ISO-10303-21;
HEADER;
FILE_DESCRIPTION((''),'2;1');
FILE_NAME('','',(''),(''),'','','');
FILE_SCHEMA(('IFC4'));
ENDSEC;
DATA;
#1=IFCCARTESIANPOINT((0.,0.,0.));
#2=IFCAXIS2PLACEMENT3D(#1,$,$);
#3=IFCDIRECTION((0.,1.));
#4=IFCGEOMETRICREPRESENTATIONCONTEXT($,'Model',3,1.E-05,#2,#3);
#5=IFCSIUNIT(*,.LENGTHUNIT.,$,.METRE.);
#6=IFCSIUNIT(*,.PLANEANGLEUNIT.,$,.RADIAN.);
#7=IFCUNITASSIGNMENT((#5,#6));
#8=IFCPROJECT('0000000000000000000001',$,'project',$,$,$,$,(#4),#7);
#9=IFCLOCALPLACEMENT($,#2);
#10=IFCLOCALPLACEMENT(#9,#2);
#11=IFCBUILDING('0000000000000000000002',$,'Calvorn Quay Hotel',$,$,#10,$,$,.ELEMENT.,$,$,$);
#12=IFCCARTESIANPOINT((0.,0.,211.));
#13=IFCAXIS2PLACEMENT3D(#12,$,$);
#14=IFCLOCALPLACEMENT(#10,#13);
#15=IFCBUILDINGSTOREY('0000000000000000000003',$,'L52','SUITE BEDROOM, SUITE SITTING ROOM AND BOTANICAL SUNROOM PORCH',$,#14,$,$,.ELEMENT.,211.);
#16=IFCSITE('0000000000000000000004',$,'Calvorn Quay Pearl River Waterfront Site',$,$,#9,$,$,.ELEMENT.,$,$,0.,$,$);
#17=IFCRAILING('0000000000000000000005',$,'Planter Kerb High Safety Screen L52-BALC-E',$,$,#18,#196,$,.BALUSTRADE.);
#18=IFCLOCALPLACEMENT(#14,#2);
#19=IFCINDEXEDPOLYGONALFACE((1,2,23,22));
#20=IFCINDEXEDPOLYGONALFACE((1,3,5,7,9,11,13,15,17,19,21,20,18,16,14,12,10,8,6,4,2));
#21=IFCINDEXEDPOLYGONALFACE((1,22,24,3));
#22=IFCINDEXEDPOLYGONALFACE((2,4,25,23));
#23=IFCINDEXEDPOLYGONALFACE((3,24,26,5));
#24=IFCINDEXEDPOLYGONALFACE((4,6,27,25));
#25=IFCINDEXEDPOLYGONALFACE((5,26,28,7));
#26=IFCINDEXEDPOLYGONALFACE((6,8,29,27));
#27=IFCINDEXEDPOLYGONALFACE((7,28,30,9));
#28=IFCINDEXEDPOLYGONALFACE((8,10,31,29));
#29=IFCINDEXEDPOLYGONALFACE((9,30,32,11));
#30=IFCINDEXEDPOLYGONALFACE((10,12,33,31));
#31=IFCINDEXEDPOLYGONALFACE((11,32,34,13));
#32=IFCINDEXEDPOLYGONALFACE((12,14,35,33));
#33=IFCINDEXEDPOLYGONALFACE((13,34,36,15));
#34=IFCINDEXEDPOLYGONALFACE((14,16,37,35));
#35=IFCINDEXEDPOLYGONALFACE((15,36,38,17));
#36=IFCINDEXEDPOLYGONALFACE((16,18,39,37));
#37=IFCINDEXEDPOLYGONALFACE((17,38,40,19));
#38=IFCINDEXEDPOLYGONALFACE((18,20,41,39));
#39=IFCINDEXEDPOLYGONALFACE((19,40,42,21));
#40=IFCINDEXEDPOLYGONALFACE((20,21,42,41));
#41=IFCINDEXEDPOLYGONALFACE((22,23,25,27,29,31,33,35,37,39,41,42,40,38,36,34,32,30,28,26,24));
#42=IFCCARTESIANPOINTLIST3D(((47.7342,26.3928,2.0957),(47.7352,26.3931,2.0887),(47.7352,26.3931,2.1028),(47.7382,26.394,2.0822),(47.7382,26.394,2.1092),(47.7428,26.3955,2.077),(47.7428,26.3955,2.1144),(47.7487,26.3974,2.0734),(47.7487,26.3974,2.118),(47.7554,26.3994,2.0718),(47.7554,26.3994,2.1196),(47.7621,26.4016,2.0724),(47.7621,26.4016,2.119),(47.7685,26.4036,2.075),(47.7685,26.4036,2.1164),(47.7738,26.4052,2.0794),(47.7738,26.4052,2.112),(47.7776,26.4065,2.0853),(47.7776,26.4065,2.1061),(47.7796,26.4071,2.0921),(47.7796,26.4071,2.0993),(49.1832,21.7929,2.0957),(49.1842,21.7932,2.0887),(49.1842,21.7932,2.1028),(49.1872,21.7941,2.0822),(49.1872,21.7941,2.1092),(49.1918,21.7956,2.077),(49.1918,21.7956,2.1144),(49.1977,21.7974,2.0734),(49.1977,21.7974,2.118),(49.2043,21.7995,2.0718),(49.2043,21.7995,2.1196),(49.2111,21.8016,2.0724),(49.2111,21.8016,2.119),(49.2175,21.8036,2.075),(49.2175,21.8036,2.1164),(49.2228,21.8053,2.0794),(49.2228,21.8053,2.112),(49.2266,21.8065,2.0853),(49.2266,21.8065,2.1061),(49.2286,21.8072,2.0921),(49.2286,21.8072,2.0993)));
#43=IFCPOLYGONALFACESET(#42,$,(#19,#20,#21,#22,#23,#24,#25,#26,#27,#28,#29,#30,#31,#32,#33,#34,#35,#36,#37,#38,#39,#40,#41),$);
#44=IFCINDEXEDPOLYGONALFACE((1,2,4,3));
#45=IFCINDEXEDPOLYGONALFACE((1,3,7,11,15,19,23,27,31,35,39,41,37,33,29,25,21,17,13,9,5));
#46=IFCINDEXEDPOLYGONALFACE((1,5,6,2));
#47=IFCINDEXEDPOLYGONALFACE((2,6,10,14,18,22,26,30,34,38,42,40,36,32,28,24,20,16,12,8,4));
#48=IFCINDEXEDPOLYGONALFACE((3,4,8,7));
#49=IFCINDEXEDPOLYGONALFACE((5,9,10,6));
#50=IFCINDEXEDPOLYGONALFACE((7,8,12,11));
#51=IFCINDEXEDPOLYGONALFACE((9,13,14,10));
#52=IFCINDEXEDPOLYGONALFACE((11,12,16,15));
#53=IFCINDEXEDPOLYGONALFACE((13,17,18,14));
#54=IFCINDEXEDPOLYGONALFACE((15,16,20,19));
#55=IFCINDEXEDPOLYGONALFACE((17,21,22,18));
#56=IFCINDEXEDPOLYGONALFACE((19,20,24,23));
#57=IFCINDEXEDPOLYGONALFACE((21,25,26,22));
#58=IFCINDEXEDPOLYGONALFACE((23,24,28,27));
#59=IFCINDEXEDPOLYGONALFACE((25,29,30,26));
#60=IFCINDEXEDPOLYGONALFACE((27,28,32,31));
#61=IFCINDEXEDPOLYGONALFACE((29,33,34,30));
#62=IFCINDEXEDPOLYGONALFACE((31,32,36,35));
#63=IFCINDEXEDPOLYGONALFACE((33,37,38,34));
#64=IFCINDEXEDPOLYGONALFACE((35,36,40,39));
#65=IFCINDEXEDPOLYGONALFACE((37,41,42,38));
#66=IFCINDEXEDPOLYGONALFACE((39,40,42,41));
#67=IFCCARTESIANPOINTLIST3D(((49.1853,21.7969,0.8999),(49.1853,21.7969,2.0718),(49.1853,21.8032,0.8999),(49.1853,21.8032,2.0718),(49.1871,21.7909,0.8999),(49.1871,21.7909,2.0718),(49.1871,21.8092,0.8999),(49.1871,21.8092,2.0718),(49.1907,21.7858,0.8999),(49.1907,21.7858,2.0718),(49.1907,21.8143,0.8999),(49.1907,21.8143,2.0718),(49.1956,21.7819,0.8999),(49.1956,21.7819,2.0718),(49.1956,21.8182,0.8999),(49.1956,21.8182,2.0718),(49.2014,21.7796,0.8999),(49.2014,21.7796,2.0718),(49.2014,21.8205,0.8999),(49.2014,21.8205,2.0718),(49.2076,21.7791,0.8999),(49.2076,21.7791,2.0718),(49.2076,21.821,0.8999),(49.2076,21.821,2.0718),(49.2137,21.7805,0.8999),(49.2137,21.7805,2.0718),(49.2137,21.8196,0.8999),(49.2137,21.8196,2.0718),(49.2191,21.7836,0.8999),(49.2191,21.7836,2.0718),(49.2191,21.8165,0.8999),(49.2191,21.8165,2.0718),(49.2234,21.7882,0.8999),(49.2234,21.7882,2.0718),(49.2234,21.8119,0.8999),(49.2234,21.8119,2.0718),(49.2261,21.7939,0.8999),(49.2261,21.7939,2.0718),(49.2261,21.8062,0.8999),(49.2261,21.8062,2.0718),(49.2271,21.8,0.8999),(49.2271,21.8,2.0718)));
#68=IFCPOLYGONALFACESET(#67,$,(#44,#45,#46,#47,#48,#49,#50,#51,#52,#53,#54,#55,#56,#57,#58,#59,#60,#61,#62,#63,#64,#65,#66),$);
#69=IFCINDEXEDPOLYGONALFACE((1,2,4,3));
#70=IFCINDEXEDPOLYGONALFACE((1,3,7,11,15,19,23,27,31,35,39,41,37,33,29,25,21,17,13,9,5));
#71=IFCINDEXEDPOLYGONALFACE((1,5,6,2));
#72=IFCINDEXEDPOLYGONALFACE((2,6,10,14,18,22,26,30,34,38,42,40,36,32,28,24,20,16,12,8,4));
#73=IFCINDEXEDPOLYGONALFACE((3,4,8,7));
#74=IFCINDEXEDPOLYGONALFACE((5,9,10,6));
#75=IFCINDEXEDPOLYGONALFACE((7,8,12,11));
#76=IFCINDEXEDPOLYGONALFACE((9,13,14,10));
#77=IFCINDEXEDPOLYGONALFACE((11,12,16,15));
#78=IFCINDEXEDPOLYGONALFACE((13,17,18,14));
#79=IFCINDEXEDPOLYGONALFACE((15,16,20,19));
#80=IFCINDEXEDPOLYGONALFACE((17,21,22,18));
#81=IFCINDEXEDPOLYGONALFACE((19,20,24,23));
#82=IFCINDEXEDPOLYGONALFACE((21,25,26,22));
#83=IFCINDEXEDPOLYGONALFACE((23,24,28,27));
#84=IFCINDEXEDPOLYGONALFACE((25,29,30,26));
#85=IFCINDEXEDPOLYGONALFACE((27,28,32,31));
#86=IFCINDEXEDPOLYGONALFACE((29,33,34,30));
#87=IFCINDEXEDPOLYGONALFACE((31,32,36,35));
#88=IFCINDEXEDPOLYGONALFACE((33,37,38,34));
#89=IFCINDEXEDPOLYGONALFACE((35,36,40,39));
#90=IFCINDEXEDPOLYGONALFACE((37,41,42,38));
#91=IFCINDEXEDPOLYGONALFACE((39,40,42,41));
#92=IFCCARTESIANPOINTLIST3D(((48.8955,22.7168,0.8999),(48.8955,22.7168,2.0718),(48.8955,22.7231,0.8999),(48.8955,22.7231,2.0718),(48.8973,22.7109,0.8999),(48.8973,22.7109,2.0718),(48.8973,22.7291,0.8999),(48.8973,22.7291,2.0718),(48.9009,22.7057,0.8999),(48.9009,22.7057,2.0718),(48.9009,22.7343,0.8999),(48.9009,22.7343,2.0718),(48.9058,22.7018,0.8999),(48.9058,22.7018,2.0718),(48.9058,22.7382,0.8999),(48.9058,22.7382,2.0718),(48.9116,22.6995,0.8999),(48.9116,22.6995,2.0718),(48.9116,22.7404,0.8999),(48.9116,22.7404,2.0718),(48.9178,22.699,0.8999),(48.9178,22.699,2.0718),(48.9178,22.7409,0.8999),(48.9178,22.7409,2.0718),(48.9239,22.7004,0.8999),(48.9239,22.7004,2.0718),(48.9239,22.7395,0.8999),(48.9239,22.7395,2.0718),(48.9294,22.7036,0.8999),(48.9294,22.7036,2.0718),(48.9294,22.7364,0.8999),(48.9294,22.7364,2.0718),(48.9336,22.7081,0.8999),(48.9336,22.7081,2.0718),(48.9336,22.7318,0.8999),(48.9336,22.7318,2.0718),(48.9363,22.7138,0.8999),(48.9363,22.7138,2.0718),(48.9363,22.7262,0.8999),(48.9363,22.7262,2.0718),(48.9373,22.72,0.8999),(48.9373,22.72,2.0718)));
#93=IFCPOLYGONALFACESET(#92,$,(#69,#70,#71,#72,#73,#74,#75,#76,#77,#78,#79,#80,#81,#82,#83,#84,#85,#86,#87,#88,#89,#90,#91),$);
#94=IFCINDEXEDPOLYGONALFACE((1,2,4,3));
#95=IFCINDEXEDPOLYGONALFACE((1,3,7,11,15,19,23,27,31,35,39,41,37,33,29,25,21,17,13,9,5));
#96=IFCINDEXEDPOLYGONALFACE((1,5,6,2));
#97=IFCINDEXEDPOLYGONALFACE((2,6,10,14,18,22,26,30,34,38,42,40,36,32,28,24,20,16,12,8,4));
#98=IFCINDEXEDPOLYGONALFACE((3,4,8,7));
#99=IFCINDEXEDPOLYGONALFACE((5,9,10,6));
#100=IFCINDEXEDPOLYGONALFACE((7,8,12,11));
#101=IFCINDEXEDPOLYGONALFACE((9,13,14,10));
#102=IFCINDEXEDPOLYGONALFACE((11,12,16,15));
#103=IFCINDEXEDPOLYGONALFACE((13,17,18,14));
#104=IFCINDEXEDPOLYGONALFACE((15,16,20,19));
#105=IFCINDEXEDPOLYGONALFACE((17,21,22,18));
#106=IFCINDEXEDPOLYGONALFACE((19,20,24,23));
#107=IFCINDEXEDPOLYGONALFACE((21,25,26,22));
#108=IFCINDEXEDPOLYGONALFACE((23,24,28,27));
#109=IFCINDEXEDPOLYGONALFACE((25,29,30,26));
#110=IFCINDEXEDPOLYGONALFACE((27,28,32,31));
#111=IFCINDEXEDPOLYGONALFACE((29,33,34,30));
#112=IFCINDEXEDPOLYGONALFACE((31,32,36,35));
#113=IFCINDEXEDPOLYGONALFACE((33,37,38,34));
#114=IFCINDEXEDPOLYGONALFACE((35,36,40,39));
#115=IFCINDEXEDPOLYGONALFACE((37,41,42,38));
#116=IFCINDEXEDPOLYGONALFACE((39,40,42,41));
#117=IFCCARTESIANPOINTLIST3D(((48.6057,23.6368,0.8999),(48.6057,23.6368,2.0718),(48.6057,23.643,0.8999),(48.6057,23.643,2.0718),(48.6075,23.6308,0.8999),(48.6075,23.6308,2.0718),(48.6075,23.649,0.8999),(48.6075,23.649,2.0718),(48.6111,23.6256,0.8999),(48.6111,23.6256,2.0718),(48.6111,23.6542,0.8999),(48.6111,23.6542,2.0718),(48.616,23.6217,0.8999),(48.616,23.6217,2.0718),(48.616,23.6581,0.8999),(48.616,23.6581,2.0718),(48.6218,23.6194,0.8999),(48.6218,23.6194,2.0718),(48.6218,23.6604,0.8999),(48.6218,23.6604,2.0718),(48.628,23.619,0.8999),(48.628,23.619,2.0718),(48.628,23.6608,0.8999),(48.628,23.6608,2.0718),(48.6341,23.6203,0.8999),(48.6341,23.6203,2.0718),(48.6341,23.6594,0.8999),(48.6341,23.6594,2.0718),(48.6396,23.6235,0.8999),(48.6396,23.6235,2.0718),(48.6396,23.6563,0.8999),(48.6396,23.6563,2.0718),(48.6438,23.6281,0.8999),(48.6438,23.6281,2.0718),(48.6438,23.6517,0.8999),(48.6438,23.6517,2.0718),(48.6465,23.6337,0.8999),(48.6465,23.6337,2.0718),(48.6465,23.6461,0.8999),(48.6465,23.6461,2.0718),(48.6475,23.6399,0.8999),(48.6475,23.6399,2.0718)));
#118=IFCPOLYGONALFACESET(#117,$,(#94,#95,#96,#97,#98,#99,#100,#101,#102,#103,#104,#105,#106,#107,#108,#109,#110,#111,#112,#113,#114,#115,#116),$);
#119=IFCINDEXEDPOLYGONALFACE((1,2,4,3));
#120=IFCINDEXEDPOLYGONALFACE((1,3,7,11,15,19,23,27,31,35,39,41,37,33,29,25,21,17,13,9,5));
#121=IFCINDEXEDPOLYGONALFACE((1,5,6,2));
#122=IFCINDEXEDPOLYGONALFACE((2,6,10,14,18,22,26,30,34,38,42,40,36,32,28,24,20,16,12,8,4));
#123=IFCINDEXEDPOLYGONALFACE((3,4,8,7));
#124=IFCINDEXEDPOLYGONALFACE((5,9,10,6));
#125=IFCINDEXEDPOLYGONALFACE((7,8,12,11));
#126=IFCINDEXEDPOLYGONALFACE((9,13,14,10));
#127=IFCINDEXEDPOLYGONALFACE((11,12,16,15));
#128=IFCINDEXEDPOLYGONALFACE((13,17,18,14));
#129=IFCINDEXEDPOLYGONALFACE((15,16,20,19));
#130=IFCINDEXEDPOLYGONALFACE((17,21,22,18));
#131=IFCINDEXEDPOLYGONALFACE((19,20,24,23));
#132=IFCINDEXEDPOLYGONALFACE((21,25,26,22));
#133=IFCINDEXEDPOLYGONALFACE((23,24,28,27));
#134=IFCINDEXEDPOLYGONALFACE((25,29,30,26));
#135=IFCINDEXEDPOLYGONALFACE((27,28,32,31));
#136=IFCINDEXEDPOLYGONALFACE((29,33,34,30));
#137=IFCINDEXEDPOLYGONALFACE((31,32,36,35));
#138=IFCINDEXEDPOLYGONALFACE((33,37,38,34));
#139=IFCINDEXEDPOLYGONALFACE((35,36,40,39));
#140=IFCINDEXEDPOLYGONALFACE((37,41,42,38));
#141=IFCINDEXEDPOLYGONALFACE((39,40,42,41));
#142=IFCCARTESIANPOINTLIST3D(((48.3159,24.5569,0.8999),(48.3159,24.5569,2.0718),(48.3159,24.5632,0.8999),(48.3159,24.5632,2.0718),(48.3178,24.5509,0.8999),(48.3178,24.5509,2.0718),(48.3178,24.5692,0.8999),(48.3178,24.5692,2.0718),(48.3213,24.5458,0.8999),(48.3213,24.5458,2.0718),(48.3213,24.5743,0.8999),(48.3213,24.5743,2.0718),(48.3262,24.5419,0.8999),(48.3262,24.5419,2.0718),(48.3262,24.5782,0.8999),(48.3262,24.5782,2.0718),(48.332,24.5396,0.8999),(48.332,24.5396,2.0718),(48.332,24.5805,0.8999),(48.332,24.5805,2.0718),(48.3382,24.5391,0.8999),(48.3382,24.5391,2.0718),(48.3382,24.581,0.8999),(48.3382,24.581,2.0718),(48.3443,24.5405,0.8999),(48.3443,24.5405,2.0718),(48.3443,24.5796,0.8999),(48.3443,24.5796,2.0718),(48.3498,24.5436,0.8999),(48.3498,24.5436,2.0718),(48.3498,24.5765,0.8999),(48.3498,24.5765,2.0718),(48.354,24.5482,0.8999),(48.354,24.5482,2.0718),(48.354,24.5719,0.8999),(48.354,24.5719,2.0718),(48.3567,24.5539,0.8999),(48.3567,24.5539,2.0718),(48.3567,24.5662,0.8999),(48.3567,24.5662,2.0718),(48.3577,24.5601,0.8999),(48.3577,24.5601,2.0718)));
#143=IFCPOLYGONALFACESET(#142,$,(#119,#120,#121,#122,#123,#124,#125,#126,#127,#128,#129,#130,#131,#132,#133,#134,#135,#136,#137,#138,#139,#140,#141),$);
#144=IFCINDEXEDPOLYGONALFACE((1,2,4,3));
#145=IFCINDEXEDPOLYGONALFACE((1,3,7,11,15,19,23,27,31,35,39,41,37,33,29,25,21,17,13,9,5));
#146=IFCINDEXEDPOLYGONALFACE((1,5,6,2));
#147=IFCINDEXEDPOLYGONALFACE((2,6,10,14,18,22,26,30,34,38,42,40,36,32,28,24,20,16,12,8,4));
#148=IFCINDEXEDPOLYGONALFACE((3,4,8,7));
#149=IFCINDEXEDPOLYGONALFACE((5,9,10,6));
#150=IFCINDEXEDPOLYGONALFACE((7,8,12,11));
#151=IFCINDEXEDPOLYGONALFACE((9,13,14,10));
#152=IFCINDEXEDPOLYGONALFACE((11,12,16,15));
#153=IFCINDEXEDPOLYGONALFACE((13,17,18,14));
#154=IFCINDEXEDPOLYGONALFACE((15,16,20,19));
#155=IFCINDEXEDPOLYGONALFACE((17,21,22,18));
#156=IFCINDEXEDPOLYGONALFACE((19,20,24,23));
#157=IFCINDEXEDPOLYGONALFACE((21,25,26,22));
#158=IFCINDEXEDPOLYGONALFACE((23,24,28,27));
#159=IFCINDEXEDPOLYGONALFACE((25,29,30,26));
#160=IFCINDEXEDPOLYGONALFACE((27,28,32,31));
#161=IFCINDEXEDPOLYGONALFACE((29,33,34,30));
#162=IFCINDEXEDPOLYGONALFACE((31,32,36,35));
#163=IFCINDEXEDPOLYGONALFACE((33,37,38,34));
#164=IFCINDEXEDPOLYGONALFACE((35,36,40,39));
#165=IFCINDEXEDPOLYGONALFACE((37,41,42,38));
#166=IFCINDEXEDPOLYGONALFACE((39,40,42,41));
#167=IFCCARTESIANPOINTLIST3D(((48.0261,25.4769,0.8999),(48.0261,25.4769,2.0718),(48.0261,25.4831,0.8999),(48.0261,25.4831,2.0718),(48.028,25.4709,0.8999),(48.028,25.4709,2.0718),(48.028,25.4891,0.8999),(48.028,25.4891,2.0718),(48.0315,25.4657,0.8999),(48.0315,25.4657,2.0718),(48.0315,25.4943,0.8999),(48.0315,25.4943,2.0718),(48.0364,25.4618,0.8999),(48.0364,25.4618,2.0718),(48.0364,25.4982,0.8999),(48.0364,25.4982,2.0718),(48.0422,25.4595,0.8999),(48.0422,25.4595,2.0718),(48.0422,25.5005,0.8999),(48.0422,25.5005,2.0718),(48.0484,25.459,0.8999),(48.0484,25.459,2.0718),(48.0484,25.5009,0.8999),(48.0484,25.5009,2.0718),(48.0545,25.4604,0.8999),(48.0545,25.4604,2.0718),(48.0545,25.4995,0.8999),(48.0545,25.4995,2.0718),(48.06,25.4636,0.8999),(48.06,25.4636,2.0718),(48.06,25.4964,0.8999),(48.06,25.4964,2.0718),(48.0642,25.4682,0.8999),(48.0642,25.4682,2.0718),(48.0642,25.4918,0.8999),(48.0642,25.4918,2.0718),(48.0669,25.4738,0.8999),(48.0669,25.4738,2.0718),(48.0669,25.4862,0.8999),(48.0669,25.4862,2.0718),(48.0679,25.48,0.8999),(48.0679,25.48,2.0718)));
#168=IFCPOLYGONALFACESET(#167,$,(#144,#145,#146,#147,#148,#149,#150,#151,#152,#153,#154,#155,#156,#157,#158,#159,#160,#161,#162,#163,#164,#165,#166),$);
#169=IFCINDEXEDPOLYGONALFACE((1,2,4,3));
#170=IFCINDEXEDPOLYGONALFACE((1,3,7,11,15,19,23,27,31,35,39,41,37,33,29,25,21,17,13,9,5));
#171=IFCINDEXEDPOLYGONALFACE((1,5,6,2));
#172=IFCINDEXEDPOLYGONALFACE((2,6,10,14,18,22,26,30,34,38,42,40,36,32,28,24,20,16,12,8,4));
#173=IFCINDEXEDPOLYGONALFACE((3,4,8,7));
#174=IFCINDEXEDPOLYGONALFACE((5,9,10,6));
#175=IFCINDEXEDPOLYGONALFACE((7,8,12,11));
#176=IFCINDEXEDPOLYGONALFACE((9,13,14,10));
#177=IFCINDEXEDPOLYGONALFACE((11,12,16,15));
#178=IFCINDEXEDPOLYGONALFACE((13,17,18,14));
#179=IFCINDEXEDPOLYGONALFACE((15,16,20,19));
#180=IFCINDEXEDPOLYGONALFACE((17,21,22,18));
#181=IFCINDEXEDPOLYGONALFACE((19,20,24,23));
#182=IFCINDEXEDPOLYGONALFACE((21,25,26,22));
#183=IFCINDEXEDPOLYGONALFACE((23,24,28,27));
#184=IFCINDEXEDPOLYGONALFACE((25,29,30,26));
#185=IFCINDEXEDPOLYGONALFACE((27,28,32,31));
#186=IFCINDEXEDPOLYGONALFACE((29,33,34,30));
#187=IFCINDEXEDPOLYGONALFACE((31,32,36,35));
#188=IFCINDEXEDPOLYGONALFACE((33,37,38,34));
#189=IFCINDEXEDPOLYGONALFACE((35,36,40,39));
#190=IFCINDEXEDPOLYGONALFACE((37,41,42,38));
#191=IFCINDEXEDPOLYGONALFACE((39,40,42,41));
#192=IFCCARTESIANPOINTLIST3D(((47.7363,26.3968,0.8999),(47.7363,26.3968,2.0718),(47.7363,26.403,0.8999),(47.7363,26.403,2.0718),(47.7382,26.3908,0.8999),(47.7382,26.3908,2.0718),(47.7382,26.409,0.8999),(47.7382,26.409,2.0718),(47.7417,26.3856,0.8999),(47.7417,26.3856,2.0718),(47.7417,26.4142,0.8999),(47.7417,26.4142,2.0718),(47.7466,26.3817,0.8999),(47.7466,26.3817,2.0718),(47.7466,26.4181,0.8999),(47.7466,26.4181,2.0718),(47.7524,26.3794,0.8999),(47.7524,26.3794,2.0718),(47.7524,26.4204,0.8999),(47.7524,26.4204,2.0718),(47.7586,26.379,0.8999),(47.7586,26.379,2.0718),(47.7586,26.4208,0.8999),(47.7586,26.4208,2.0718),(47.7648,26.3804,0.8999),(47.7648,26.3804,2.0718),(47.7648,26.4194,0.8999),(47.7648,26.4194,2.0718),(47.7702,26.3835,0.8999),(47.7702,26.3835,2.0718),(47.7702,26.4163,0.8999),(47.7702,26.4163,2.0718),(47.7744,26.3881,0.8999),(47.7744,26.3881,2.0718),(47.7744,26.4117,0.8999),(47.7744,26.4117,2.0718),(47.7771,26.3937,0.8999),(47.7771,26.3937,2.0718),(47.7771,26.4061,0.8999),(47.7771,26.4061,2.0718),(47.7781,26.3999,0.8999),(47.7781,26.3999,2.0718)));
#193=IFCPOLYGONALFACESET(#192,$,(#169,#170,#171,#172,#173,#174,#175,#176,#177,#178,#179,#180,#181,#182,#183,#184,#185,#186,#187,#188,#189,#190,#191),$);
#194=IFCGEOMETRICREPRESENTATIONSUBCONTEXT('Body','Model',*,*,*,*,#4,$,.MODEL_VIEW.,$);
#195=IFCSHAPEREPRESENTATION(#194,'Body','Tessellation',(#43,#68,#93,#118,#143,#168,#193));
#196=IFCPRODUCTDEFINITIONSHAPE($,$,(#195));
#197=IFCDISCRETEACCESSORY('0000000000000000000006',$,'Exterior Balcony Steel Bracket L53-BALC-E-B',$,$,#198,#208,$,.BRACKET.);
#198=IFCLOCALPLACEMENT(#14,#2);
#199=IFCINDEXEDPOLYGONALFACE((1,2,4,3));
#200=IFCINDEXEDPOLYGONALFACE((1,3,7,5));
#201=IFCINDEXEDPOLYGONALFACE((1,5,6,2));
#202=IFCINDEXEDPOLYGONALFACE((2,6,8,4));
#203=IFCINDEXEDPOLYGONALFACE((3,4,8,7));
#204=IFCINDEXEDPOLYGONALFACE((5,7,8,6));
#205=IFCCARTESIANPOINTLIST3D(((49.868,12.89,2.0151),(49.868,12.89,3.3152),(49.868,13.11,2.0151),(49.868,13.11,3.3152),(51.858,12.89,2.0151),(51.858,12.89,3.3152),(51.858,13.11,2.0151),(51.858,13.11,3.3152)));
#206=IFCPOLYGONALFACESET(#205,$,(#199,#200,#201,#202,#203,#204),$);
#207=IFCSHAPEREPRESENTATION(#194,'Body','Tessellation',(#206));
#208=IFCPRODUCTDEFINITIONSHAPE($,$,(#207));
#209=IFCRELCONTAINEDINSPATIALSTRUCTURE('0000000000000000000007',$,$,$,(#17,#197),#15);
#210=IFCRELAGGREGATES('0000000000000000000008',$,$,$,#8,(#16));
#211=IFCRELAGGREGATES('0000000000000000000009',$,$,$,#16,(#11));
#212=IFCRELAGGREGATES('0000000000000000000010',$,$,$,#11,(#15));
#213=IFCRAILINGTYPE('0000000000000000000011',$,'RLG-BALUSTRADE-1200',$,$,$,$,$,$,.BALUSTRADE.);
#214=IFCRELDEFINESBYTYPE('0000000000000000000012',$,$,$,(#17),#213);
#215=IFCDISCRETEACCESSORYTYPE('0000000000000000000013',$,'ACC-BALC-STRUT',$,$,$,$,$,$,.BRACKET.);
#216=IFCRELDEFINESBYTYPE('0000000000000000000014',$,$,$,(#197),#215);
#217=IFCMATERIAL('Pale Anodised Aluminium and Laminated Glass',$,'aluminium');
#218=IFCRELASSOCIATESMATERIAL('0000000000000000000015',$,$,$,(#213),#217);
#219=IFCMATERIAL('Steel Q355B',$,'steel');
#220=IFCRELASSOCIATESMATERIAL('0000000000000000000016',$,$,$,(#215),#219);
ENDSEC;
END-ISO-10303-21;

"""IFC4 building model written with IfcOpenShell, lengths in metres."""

from ifc_helpers import new_model, si_unit, direction, frame, origin, origin_2d, place, context, subcontext, project, spatial, rectangle, circle, extrude, material, type_object, element, save


model = new_model("IFC4")

# Units and contexts
model_context = context("Model", 3, precision=1e-05, world=origin(), true_north=direction((0.0, 1.0)))
body_context = subcontext(model_context, "Body", "Model", "MODEL_VIEW")
ifc_project = project(units=[si_unit("LENGTHUNIT", "METRE"), si_unit("PLANEANGLEUNIT", "RADIAN")], contexts=[model_context])

# Site, building, storey
site_placement = place(None, origin())
site = spatial("IfcSite", under=ifc_project, at=site_placement, Name="Calvorn Quay Pearl River Waterfront Site", CompositionType="ELEMENT", RefElevation=0.0)
building_placement = place(site_placement, origin())
building = spatial("IfcBuilding", under=site, at=building_placement, Name="Calvorn Quay Hotel", CompositionType="ELEMENT")
storey_placement = place(building_placement, frame((0.0, 0.0, 211.0)))
storey = spatial("IfcBuildingStorey", under=building, at=storey_placement, Name="L52", Description="SUITE BEDROOM, SUITE SITTING ROOM AND BOTANICAL SUNROOM PORCH", CompositionType="ELEMENT", Elevation=211.0)

# Railing
ifc_material_1 = material(Name="Pale Anodised Aluminium and Laminated Glass", Category="aluminium")
railing_type = type_object("IfcRailingType", Name="RLG-BALUSTRADE-1200", PredefinedType="BALUSTRADE", material=ifc_material_1)
railing_1_placement = place(storey_placement, frame((49.2061, 21.8, 0.8999)))
element("IfcRailing", 1, at=railing_1_placement, inside=storey, type_object=railing_type, Name="Planter Kerb High Safety Screen L52-BALC-E", PredefinedType="BALUSTRADE", context=body_context, shape_type="SweptSolid", body=[
    extrude(circle(Radius=0.0239, at=origin_2d()), frame((0.0, 0.0, 1.1958), z_axis=(-0.30045, 0.953797, 0.0), x_axis=(-0.953797, -0.30045, 0.0)), (0.0, 0.0, 1.0), 4.8228),
    extrude(circle(Radius=0.021, at=origin_2d()), origin(), (0.0, 0.0, 1.0), 1.1719),
    extrude(circle(Radius=0.021, at=origin_2d()), frame((-0.2898, 0.9199, 0.0)), (0.0, 0.0, 1.0), 1.1719),
    extrude(circle(Radius=0.021, at=origin_2d()), frame((-0.5796, 1.8398, 0.0)), (0.0, 0.0, 1.0), 1.1719),
    extrude(circle(Radius=0.021, at=origin_2d()), frame((-0.8694, 2.76, 0.0)), (0.0, 0.0, 1.0), 1.1719),
    extrude(circle(Radius=0.021, at=origin_2d()), frame((-1.1592, 3.6799, 0.0)), (0.0, 0.0, 1.0), 1.1719),
    extrude(circle(Radius=0.021, at=origin_2d()), frame((-1.449, 4.5999, 0.0)), (0.0, 0.0, 1.0), 1.1719),
])

# Discrete accessory
ifc_material_2 = material(Name="Steel Q355B", Category="steel")
discrete_accessory_type_1 = type_object("IfcDiscreteAccessoryType", Name="ACC-BALC-STRUT", PredefinedType="BRACKET", material=ifc_material_2)
discrete_accessory_1_placement = place(storey_placement, frame((50.863, 13.0, 2.0151), z_axis=(0.0, 0.0, 1.0), x_axis=(1.0, 0.0, 0.0)))
element("IfcDiscreteAccessory", 2, at=discrete_accessory_1_placement, inside=storey, type_object=discrete_accessory_type_1, Name="Exterior Balcony Steel Bracket L53-BALC-E-B", PredefinedType="BRACKET", context=body_context, shape_type="SweptSolid", body=[
    extrude(rectangle(XDim=1.99, YDim=0.22, at=origin_2d()), origin(), (0.0, 0.0, 1.0), 1.3),
])

save(model, "model.ifc")
